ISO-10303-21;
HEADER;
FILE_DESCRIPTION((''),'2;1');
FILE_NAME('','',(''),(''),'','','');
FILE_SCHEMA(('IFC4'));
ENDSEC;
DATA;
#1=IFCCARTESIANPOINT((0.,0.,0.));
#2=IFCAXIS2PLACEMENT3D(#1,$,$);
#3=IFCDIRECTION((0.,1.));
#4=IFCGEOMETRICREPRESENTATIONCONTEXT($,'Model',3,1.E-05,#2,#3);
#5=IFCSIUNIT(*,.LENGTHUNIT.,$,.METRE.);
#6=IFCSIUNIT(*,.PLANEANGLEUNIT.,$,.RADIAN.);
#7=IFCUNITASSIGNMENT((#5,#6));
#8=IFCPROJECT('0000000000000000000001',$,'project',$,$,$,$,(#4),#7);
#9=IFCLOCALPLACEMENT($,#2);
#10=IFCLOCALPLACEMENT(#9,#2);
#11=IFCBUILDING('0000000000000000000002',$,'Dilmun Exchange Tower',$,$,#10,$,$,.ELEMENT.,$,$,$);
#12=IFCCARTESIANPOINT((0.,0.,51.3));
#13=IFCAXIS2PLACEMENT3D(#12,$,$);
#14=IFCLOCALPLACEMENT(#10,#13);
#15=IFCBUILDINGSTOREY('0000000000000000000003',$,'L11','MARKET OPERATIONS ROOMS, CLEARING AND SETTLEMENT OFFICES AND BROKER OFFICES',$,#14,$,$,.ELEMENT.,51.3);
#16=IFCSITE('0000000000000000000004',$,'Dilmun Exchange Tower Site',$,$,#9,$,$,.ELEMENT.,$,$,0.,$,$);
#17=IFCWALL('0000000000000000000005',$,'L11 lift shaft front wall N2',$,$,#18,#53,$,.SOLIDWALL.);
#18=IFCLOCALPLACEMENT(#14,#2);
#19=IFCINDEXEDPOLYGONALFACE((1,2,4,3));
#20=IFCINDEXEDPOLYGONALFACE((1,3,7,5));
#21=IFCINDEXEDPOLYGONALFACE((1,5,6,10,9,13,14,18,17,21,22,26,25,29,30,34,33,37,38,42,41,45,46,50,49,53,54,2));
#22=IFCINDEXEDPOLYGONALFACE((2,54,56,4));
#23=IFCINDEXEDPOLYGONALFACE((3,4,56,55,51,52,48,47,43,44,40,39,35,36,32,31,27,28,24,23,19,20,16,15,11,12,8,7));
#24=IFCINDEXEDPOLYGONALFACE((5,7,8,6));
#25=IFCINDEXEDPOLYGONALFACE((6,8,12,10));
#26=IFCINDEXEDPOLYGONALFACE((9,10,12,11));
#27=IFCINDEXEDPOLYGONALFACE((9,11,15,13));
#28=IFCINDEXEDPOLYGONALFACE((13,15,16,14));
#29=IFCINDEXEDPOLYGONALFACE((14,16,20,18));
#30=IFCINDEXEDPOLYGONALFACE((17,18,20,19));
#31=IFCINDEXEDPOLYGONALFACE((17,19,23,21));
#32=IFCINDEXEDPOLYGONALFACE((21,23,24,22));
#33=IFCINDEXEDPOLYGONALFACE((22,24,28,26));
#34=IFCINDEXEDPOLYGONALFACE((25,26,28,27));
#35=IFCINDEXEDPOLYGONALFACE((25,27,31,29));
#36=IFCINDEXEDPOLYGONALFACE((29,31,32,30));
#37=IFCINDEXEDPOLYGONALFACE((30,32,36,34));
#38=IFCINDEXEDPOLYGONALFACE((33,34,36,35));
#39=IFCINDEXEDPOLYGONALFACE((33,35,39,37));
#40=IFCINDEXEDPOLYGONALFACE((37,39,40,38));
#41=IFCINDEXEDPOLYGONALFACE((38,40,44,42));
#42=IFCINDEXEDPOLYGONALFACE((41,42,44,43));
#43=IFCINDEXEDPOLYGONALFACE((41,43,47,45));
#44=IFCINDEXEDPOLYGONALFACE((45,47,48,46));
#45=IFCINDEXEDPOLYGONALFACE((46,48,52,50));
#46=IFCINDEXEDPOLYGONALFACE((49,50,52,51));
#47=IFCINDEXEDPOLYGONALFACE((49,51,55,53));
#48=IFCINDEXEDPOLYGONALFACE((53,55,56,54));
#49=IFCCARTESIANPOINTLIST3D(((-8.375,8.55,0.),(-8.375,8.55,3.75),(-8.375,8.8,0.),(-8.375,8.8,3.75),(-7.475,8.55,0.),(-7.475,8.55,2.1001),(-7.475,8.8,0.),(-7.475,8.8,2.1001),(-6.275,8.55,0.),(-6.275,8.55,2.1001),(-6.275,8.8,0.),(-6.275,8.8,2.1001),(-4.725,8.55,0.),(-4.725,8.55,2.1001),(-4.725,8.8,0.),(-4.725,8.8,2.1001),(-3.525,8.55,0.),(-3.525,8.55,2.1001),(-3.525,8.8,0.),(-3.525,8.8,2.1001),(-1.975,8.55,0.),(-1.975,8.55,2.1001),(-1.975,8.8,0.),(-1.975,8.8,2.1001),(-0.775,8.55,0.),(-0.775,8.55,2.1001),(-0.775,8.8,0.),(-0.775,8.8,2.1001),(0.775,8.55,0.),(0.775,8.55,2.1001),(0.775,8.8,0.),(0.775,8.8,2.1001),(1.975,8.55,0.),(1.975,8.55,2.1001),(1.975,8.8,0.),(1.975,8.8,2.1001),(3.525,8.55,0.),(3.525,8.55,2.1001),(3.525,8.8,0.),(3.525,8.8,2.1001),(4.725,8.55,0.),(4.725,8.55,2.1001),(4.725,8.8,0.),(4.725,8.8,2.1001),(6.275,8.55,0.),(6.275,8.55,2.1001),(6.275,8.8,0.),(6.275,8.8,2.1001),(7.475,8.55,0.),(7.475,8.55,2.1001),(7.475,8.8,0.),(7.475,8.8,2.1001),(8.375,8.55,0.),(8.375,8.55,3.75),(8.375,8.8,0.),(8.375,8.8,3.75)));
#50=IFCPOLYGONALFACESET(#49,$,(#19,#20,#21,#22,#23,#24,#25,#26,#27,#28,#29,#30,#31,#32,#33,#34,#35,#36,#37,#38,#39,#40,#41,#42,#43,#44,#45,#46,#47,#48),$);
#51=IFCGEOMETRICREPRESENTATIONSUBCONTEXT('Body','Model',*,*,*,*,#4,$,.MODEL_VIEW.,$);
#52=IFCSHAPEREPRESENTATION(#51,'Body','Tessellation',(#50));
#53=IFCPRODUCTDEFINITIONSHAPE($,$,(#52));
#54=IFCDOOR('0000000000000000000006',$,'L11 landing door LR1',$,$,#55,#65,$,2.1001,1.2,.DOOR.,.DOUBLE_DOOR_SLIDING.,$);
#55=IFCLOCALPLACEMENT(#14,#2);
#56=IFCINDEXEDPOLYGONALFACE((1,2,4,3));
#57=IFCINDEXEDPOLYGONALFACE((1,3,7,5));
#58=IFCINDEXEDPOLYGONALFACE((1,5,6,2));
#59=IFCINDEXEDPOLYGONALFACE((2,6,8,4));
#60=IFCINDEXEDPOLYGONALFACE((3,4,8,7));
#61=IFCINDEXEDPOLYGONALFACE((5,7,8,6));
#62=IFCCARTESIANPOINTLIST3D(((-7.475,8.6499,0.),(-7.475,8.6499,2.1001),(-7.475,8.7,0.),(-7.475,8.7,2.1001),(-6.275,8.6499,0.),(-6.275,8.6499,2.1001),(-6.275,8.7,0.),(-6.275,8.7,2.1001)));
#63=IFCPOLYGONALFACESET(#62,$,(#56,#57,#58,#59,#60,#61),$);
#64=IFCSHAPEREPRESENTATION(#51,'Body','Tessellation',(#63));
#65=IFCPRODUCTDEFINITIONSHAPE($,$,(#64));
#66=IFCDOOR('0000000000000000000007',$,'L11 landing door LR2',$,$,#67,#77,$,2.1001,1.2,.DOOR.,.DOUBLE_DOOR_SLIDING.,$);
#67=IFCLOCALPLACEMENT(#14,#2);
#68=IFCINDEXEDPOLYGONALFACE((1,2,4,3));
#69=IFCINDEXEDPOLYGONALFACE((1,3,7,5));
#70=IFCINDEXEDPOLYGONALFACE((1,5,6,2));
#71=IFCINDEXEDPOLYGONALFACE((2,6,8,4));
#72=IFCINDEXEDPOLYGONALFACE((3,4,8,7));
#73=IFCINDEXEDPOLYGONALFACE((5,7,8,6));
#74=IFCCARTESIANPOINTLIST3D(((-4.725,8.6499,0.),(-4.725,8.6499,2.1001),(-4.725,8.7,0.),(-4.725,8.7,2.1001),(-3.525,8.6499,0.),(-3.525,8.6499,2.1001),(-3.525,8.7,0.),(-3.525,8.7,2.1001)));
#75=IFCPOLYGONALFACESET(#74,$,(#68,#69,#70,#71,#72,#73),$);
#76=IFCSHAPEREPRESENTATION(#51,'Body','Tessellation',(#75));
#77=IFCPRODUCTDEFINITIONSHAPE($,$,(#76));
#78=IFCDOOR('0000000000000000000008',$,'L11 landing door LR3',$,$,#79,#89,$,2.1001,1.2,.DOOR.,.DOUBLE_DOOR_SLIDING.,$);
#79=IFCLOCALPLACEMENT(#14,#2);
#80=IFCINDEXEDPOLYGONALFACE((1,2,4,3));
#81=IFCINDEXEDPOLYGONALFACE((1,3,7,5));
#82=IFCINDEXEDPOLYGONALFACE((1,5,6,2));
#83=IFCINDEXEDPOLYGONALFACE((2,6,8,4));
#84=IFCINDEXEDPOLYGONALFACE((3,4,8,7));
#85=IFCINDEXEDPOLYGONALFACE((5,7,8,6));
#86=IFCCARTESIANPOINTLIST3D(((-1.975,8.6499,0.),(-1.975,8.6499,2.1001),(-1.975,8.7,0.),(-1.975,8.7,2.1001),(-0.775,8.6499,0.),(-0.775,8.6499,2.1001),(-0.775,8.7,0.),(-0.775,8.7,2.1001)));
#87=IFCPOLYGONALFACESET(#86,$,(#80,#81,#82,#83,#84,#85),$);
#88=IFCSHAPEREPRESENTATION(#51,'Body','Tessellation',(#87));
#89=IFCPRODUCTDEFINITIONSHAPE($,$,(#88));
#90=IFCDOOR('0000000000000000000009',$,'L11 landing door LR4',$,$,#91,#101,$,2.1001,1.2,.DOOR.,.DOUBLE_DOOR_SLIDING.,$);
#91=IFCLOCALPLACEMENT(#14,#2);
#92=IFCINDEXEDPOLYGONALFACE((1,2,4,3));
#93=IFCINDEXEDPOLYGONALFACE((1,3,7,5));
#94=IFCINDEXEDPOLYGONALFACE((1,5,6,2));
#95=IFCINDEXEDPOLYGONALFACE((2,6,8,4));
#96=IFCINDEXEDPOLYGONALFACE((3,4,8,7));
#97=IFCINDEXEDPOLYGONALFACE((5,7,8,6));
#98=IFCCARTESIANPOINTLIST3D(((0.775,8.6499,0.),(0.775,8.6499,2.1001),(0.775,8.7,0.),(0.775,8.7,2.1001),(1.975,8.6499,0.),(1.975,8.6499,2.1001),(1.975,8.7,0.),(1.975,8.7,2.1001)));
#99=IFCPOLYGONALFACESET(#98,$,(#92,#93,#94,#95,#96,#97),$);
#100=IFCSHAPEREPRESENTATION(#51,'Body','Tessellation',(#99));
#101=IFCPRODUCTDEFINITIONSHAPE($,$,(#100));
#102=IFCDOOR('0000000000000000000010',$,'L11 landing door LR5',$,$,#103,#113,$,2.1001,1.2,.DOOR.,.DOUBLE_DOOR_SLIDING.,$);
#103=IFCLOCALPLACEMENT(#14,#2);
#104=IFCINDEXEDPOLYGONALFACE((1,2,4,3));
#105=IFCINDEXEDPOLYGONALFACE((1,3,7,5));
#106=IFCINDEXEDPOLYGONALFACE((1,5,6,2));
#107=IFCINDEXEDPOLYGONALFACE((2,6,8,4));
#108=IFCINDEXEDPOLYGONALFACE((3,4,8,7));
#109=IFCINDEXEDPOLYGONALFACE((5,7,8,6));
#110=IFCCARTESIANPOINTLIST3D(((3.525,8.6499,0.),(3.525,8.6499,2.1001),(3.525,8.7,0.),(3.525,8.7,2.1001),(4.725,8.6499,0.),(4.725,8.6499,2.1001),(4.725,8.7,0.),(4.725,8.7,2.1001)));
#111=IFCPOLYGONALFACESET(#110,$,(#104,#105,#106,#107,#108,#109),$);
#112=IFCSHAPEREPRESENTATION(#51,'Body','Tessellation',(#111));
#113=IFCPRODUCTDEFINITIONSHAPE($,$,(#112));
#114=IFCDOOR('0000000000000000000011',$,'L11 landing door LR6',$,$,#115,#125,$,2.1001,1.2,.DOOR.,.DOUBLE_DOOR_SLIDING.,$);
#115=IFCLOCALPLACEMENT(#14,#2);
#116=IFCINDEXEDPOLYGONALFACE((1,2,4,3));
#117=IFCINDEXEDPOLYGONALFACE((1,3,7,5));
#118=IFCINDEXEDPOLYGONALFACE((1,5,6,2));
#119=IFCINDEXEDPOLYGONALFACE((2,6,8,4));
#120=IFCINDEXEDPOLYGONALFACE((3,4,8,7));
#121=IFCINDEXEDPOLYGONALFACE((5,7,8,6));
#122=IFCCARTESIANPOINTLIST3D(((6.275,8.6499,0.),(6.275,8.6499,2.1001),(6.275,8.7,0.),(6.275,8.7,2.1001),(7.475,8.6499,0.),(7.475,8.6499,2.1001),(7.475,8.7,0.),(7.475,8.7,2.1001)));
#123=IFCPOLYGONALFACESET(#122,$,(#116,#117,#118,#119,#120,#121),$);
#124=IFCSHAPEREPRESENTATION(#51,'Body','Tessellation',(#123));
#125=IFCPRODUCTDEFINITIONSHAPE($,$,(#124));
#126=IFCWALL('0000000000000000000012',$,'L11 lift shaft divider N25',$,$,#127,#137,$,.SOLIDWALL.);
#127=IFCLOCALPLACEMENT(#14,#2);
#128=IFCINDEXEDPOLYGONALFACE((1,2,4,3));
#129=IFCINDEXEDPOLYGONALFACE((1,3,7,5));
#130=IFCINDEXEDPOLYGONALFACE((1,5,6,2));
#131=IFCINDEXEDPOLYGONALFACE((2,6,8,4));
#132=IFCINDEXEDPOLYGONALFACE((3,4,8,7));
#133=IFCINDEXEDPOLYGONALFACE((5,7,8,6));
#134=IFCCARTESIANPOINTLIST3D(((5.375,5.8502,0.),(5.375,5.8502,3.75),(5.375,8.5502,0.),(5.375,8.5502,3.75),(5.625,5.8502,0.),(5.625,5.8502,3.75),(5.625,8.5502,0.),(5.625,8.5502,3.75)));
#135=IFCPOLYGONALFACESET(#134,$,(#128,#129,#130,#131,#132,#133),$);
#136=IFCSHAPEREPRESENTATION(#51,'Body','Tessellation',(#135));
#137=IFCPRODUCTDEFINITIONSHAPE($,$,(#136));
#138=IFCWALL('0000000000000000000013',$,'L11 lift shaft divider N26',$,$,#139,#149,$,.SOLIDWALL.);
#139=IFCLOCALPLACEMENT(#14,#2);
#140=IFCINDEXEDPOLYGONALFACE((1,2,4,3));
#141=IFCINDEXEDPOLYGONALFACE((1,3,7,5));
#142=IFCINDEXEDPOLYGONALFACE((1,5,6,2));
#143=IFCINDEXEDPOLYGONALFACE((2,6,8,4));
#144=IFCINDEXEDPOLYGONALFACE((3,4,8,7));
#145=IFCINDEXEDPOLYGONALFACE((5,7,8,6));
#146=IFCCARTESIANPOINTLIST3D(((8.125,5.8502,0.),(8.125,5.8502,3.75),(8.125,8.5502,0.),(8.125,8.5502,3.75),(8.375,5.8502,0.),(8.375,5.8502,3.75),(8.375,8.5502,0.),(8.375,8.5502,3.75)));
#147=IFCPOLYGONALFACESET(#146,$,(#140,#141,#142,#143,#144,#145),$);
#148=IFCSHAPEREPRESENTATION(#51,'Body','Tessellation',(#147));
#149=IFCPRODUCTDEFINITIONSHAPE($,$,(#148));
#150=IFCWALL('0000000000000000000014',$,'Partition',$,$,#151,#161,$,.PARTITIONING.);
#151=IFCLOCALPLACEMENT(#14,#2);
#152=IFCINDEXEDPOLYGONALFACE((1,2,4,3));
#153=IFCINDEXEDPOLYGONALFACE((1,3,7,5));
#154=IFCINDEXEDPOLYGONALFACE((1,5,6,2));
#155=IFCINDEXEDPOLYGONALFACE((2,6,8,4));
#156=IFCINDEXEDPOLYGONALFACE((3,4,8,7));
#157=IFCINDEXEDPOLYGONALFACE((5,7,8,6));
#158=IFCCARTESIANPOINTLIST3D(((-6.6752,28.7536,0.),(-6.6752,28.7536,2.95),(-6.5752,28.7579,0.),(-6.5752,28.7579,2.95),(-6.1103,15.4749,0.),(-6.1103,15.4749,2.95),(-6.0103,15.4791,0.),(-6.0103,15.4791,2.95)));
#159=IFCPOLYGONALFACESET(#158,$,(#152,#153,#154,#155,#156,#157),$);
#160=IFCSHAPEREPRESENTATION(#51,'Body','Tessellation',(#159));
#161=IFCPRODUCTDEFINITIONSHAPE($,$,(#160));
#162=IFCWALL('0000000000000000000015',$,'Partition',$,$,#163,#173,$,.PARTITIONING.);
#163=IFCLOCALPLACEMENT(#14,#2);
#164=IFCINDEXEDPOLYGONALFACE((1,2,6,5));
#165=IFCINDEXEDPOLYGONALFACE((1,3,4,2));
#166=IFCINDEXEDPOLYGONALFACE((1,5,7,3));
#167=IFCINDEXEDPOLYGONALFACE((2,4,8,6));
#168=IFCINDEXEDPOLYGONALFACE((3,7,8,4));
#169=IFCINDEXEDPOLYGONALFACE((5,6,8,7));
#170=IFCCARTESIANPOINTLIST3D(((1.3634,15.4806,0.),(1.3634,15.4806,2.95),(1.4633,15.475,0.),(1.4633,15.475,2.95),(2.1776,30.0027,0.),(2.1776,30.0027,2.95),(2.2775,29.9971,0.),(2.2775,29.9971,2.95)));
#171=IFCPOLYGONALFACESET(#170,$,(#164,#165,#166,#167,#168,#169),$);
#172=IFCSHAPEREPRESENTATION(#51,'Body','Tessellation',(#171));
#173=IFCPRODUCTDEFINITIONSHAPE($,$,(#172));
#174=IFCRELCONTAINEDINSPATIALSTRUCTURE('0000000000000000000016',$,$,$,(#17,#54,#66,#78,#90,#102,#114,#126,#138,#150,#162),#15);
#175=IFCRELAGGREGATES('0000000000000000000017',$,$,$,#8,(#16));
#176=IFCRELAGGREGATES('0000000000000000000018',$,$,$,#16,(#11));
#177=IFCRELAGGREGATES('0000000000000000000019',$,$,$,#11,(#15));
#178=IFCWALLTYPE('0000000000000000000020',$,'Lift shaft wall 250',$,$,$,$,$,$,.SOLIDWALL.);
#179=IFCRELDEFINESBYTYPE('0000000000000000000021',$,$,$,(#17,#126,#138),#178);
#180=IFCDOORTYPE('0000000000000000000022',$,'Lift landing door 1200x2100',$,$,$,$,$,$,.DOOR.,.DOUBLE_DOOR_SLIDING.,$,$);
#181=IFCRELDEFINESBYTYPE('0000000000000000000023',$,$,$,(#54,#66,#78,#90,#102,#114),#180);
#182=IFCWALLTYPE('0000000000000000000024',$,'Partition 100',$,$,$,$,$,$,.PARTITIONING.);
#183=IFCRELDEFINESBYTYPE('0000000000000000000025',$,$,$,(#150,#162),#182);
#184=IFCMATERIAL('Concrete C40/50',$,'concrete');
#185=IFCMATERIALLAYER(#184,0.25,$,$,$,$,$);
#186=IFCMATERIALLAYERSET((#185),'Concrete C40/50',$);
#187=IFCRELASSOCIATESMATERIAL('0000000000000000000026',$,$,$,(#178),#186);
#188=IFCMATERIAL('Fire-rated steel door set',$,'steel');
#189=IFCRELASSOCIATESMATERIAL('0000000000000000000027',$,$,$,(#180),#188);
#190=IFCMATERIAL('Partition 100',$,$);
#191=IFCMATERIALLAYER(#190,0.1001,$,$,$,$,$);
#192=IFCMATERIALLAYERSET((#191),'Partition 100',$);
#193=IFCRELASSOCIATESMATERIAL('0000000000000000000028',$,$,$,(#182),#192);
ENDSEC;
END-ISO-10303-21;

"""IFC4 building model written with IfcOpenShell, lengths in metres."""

from ifc_helpers import new_model, si_unit, direction, frame, frame_2d, origin, place, context, subcontext, project, spatial, rectangle, extrude, material, layer, layer_set, type_object, element, fill, save


model = new_model("IFC4")

# Units and contexts
model_context = context("Model", 3, precision=1e-05, world=origin(), true_north=direction((0.0, 1.0)))
body_context = subcontext(model_context, "Body", "Model", "MODEL_VIEW")
ifc_project = project(units=[si_unit("LENGTHUNIT", "METRE"), si_unit("PLANEANGLEUNIT", "RADIAN")], contexts=[model_context])

# Site, building, storey
site_placement = place(None, origin())
site = spatial("IfcSite", under=ifc_project, at=site_placement, Name="Dilmun Exchange Tower Site", CompositionType="ELEMENT", RefElevation=0.0)
building_placement = place(site_placement, origin())
building = spatial("IfcBuilding", under=site, at=building_placement, Name="Dilmun Exchange Tower", CompositionType="ELEMENT")
storey_placement = place(building_placement, frame((0.0, 0.0, 51.3)))
storey = spatial("IfcBuildingStorey", under=building, at=storey_placement, Name="L11", Description="MARKET OPERATIONS ROOMS, CLEARING AND SETTLEMENT OFFICES AND BROKER OFFICES", CompositionType="ELEMENT", Elevation=51.3)

# Shared definitions
ifc_material_1 = material(Name="Concrete C40/50", Category="concrete")

# Shared definitions
ifc_material_2 = material(Name="Fire-rated steel door set", Category="steel")

# Wall, openings, doors
ifc_layer_1 = layer(ifc_material_1, 0.25)
ifc_layer_set_1 = layer_set([ifc_layer_1], Name="Concrete C40/50")
wall_type_1 = type_object("IfcWallType", Name="Lift shaft wall 250", PredefinedType="SOLIDWALL", material=ifc_layer_set_1)
wall_1_placement = place(storey_placement, frame((-8.375, 8.675, 0.0), z_axis=(0.0, 0.0, 1.0), x_axis=(1.0, 0.0, 0.0)))
wall_1 = element("IfcWall", 1, at=wall_1_placement, inside=storey, type_object=wall_type_1, Name="L11 lift shaft front wall N2", PredefinedType="SOLIDWALL", context=body_context, shape_type="SweptSolid", body=[
    extrude(rectangle(XDim=16.75, YDim=0.25, at=frame_2d((8.375, 0.0))), origin(), (0.0, 0.0, 1.0), 3.75),
])
opening_1_placement = place(wall_1_placement, frame((0.8999, 0.0, 0.0)))
opening_1 = element("IfcOpeningElement", 2, at=opening_1_placement, cuts=wall_1, PredefinedType="OPENING", context=body_context, shape_type="SweptSolid", body=[
    extrude(rectangle(XDim=1.2, YDim=2.1001, at=frame_2d((0.6001, 1.05))), frame((0.0, 0.135, 0.0), z_axis=(0.0, -1.0, 0.0), x_axis=(1.0, 0.0, 0.0)), (0.0, 0.0, 1.0), 0.27),
])
opening_2_placement = place(wall_1_placement, frame((3.6499, 0.0, 0.0)))
opening_2 = element("IfcOpeningElement", 3, at=opening_2_placement, cuts=wall_1, PredefinedType="OPENING", context=body_context, shape_type="SweptSolid", body=[
    extrude(rectangle(XDim=1.2, YDim=2.1001, at=frame_2d((0.6001, 1.05))), frame((0.0, 0.135, 0.0), z_axis=(0.0, -1.0, 0.0), x_axis=(1.0, 0.0, 0.0)), (0.0, 0.0, 1.0), 0.27),
])
opening_3_placement = place(wall_1_placement, frame((6.3999, 0.0, 0.0)))
opening_3 = element("IfcOpeningElement", 4, at=opening_3_placement, cuts=wall_1, PredefinedType="OPENING", context=body_context, shape_type="SweptSolid", body=[
    extrude(rectangle(XDim=1.2, YDim=2.1001, at=frame_2d((0.6001, 1.05))), frame((0.0, 0.135, 0.0), z_axis=(0.0, -1.0, 0.0), x_axis=(1.0, 0.0, 0.0)), (0.0, 0.0, 1.0), 0.27),
])
opening_4_placement = place(wall_1_placement, frame((9.1499, 0.0, 0.0)))
opening_4 = element("IfcOpeningElement", 5, at=opening_4_placement, cuts=wall_1, PredefinedType="OPENING", context=body_context, shape_type="SweptSolid", body=[
    extrude(rectangle(XDim=1.2, YDim=2.1001, at=frame_2d((0.6001, 1.05))), frame((0.0, 0.135, 0.0), z_axis=(0.0, -1.0, 0.0), x_axis=(1.0, 0.0, 0.0)), (0.0, 0.0, 1.0), 0.27),
])
opening_5_placement = place(wall_1_placement, frame((11.8999, 0.0, 0.0)))
opening_5 = element("IfcOpeningElement", 6, at=opening_5_placement, cuts=wall_1, PredefinedType="OPENING", context=body_context, shape_type="SweptSolid", body=[
    extrude(rectangle(XDim=1.2, YDim=2.1001, at=frame_2d((0.6001, 1.05))), frame((0.0, 0.135, 0.0), z_axis=(0.0, -1.0, 0.0), x_axis=(1.0, 0.0, 0.0)), (0.0, 0.0, 1.0), 0.27),
])
opening_6_placement = place(wall_1_placement, frame((14.6499, 0.0, 0.0)))
opening_6 = element("IfcOpeningElement", 7, at=opening_6_placement, cuts=wall_1, PredefinedType="OPENING", context=body_context, shape_type="SweptSolid", body=[
    extrude(rectangle(XDim=1.2, YDim=2.1001, at=frame_2d((0.6001, 1.05))), frame((0.0, 0.135, 0.0), z_axis=(0.0, -1.0, 0.0), x_axis=(1.0, 0.0, 0.0)), (0.0, 0.0, 1.0), 0.27),
])
door_type_1 = type_object("IfcDoorType", Name="Lift landing door 1200x2100", OperationType="DOUBLE_DOOR_SLIDING", PredefinedType="DOOR", material=ifc_material_2)
door_1_placement = place(opening_1_placement, origin())
door_1 = element("IfcDoor", 8, at=door_1_placement, inside=storey, type_object=door_type_1, Name="L11 landing door LR1", OperationType="DOUBLE_DOOR_SLIDING", OverallHeight=2.1001, OverallWidth=1.2, PredefinedType="DOOR", context=body_context, shape_type="SweptSolid", body=[
    extrude(rectangle(XDim=1.2, YDim=2.1001, at=frame_2d((0.6001, 1.05))), frame((0.0, 0.0249, 0.0), z_axis=(0.0, -1.0, 0.0), x_axis=(1.0, 0.0, 0.0)), (0.0, 0.0, 1.0), 0.05),
])
fill(opening_1, door_1)
door_2_placement = place(opening_2_placement, origin())
door_2 = element("IfcDoor", 9, at=door_2_placement, inside=storey, type_object=door_type_1, Name="L11 landing door LR2", OperationType="DOUBLE_DOOR_SLIDING", OverallHeight=2.1001, OverallWidth=1.2, PredefinedType="DOOR", context=body_context, shape_type="SweptSolid", body=[
    extrude(rectangle(XDim=1.2, YDim=2.1001, at=frame_2d((0.6001, 1.05))), frame((0.0, 0.0249, 0.0), z_axis=(0.0, -1.0, 0.0), x_axis=(1.0, 0.0, 0.0)), (0.0, 0.0, 1.0), 0.05),
])
fill(opening_2, door_2)
door_3_placement = place(opening_3_placement, origin())
door_3 = element("IfcDoor", 10, at=door_3_placement, inside=storey, type_object=door_type_1, Name="L11 landing door LR3", OperationType="DOUBLE_DOOR_SLIDING", OverallHeight=2.1001, OverallWidth=1.2, PredefinedType="DOOR", context=body_context, shape_type="SweptSolid", body=[
    extrude(rectangle(XDim=1.2, YDim=2.1001, at=frame_2d((0.6001, 1.05))), frame((0.0, 0.0249, 0.0), z_axis=(0.0, -1.0, 0.0), x_axis=(1.0, 0.0, 0.0)), (0.0, 0.0, 1.0), 0.05),
])
fill(opening_3, door_3)
door_4_placement = place(opening_4_placement, origin())
door_4 = element("IfcDoor", 11, at=door_4_placement, inside=storey, type_object=door_type_1, Name="L11 landing door LR4", OperationType="DOUBLE_DOOR_SLIDING", OverallHeight=2.1001, OverallWidth=1.2, PredefinedType="DOOR", context=body_context, shape_type="SweptSolid", body=[
    extrude(rectangle(XDim=1.2, YDim=2.1001, at=frame_2d((0.6001, 1.05))), frame((0.0, 0.0249, 0.0), z_axis=(0.0, -1.0, 0.0), x_axis=(1.0, 0.0, 0.0)), (0.0, 0.0, 1.0), 0.05),
])
fill(opening_4, door_4)
door_5_placement = place(opening_5_placement, origin())
door_5 = element("IfcDoor", 12, at=door_5_placement, inside=storey, type_object=door_type_1, Name="L11 landing door LR5", OperationType="DOUBLE_DOOR_SLIDING", OverallHeight=2.1001, OverallWidth=1.2, PredefinedType="DOOR", context=body_context, shape_type="SweptSolid", body=[
    extrude(rectangle(XDim=1.2, YDim=2.1001, at=frame_2d((0.6001, 1.05))), frame((0.0, 0.0249, 0.0), z_axis=(0.0, -1.0, 0.0), x_axis=(1.0, 0.0, 0.0)), (0.0, 0.0, 1.0), 0.05),
])
fill(opening_5, door_5)
door_6_placement = place(opening_6_placement, origin())
door_6 = element("IfcDoor", 13, at=door_6_placement, inside=storey, type_object=door_type_1, Name="L11 landing door LR6", OperationType="DOUBLE_DOOR_SLIDING", OverallHeight=2.1001, OverallWidth=1.2, PredefinedType="DOOR", context=body_context, shape_type="SweptSolid", body=[
    extrude(rectangle(XDim=1.2, YDim=2.1001, at=frame_2d((0.6001, 1.05))), frame((0.0, 0.0249, 0.0), z_axis=(0.0, -1.0, 0.0), x_axis=(1.0, 0.0, 0.0)), (0.0, 0.0, 1.0), 0.05),
])
fill(opening_6, door_6)

# Walls
for number, where, z_axis, x_axis, name in (
    (14, (5.5, 5.8501, 0.0), (0.0, 0.0, 1.0), (0.0, 1.0, 0.0), "L11 lift shaft divider N25"),
    (15, (8.25, 5.8501, 0.0), (0.0, 0.0, 1.0), (0.0, 1.0, 0.0), "L11 lift shaft divider N26"),
):
    element("IfcWall", number, at=place(storey_placement, frame(where, z_axis=z_axis, x_axis=x_axis)), inside=storey, type_object=wall_type_1, Name=name, PredefinedType="SOLIDWALL", context=body_context, shape_type="SweptSolid", body=[
        extrude(rectangle(XDim=2.7, YDim=0.25, at=frame_2d((1.3501, 0.0))), origin(), (0.0, 0.0, 1.0), 3.75),
    ])
ifc_material_3 = material(Name="Partition 100")
ifc_layer_2 = layer(ifc_material_3, 0.1001)
ifc_layer_set_2 = layer_set([ifc_layer_2], Name="Partition 100")
wall_type_2 = type_object("IfcWallType", Name="Partition 100", PredefinedType="PARTITIONING", material=ifc_layer_set_2)
wall_2_placement = place(storey_placement, frame((-6.6252, 28.7559, 0.0), z_axis=(0.0, 0.0, 1.0), x_axis=(0.042506, -0.999096, 0.0)))
element("IfcWall", 16, at=wall_2_placement, inside=storey, type_object=wall_type_2, Name="Partition", PredefinedType="PARTITIONING", context=body_context, shape_type="SweptSolid", body=[
    extrude(rectangle(XDim=13.2908, YDim=0.1001, at=frame_2d((6.6455, 0.0))), origin(), (0.0, 0.0, 1.0), 2.95),
])
wall_3_placement = place(storey_placement, frame((1.4133, 15.4778, 0.0), z_axis=(0.0, 0.0, 1.0), x_axis=(0.055979, 0.998432, 0.0)))
element("IfcWall", 17, at=wall_3_placement, inside=storey, type_object=wall_type_2, Name="Partition", PredefinedType="PARTITIONING", context=body_context, shape_type="SweptSolid", body=[
    extrude(rectangle(XDim=14.5449, YDim=0.1001, at=frame_2d((7.2725, 0.0))), origin(), (0.0, 0.0, 1.0), 2.95),
])

save(model, "model.ifc")
